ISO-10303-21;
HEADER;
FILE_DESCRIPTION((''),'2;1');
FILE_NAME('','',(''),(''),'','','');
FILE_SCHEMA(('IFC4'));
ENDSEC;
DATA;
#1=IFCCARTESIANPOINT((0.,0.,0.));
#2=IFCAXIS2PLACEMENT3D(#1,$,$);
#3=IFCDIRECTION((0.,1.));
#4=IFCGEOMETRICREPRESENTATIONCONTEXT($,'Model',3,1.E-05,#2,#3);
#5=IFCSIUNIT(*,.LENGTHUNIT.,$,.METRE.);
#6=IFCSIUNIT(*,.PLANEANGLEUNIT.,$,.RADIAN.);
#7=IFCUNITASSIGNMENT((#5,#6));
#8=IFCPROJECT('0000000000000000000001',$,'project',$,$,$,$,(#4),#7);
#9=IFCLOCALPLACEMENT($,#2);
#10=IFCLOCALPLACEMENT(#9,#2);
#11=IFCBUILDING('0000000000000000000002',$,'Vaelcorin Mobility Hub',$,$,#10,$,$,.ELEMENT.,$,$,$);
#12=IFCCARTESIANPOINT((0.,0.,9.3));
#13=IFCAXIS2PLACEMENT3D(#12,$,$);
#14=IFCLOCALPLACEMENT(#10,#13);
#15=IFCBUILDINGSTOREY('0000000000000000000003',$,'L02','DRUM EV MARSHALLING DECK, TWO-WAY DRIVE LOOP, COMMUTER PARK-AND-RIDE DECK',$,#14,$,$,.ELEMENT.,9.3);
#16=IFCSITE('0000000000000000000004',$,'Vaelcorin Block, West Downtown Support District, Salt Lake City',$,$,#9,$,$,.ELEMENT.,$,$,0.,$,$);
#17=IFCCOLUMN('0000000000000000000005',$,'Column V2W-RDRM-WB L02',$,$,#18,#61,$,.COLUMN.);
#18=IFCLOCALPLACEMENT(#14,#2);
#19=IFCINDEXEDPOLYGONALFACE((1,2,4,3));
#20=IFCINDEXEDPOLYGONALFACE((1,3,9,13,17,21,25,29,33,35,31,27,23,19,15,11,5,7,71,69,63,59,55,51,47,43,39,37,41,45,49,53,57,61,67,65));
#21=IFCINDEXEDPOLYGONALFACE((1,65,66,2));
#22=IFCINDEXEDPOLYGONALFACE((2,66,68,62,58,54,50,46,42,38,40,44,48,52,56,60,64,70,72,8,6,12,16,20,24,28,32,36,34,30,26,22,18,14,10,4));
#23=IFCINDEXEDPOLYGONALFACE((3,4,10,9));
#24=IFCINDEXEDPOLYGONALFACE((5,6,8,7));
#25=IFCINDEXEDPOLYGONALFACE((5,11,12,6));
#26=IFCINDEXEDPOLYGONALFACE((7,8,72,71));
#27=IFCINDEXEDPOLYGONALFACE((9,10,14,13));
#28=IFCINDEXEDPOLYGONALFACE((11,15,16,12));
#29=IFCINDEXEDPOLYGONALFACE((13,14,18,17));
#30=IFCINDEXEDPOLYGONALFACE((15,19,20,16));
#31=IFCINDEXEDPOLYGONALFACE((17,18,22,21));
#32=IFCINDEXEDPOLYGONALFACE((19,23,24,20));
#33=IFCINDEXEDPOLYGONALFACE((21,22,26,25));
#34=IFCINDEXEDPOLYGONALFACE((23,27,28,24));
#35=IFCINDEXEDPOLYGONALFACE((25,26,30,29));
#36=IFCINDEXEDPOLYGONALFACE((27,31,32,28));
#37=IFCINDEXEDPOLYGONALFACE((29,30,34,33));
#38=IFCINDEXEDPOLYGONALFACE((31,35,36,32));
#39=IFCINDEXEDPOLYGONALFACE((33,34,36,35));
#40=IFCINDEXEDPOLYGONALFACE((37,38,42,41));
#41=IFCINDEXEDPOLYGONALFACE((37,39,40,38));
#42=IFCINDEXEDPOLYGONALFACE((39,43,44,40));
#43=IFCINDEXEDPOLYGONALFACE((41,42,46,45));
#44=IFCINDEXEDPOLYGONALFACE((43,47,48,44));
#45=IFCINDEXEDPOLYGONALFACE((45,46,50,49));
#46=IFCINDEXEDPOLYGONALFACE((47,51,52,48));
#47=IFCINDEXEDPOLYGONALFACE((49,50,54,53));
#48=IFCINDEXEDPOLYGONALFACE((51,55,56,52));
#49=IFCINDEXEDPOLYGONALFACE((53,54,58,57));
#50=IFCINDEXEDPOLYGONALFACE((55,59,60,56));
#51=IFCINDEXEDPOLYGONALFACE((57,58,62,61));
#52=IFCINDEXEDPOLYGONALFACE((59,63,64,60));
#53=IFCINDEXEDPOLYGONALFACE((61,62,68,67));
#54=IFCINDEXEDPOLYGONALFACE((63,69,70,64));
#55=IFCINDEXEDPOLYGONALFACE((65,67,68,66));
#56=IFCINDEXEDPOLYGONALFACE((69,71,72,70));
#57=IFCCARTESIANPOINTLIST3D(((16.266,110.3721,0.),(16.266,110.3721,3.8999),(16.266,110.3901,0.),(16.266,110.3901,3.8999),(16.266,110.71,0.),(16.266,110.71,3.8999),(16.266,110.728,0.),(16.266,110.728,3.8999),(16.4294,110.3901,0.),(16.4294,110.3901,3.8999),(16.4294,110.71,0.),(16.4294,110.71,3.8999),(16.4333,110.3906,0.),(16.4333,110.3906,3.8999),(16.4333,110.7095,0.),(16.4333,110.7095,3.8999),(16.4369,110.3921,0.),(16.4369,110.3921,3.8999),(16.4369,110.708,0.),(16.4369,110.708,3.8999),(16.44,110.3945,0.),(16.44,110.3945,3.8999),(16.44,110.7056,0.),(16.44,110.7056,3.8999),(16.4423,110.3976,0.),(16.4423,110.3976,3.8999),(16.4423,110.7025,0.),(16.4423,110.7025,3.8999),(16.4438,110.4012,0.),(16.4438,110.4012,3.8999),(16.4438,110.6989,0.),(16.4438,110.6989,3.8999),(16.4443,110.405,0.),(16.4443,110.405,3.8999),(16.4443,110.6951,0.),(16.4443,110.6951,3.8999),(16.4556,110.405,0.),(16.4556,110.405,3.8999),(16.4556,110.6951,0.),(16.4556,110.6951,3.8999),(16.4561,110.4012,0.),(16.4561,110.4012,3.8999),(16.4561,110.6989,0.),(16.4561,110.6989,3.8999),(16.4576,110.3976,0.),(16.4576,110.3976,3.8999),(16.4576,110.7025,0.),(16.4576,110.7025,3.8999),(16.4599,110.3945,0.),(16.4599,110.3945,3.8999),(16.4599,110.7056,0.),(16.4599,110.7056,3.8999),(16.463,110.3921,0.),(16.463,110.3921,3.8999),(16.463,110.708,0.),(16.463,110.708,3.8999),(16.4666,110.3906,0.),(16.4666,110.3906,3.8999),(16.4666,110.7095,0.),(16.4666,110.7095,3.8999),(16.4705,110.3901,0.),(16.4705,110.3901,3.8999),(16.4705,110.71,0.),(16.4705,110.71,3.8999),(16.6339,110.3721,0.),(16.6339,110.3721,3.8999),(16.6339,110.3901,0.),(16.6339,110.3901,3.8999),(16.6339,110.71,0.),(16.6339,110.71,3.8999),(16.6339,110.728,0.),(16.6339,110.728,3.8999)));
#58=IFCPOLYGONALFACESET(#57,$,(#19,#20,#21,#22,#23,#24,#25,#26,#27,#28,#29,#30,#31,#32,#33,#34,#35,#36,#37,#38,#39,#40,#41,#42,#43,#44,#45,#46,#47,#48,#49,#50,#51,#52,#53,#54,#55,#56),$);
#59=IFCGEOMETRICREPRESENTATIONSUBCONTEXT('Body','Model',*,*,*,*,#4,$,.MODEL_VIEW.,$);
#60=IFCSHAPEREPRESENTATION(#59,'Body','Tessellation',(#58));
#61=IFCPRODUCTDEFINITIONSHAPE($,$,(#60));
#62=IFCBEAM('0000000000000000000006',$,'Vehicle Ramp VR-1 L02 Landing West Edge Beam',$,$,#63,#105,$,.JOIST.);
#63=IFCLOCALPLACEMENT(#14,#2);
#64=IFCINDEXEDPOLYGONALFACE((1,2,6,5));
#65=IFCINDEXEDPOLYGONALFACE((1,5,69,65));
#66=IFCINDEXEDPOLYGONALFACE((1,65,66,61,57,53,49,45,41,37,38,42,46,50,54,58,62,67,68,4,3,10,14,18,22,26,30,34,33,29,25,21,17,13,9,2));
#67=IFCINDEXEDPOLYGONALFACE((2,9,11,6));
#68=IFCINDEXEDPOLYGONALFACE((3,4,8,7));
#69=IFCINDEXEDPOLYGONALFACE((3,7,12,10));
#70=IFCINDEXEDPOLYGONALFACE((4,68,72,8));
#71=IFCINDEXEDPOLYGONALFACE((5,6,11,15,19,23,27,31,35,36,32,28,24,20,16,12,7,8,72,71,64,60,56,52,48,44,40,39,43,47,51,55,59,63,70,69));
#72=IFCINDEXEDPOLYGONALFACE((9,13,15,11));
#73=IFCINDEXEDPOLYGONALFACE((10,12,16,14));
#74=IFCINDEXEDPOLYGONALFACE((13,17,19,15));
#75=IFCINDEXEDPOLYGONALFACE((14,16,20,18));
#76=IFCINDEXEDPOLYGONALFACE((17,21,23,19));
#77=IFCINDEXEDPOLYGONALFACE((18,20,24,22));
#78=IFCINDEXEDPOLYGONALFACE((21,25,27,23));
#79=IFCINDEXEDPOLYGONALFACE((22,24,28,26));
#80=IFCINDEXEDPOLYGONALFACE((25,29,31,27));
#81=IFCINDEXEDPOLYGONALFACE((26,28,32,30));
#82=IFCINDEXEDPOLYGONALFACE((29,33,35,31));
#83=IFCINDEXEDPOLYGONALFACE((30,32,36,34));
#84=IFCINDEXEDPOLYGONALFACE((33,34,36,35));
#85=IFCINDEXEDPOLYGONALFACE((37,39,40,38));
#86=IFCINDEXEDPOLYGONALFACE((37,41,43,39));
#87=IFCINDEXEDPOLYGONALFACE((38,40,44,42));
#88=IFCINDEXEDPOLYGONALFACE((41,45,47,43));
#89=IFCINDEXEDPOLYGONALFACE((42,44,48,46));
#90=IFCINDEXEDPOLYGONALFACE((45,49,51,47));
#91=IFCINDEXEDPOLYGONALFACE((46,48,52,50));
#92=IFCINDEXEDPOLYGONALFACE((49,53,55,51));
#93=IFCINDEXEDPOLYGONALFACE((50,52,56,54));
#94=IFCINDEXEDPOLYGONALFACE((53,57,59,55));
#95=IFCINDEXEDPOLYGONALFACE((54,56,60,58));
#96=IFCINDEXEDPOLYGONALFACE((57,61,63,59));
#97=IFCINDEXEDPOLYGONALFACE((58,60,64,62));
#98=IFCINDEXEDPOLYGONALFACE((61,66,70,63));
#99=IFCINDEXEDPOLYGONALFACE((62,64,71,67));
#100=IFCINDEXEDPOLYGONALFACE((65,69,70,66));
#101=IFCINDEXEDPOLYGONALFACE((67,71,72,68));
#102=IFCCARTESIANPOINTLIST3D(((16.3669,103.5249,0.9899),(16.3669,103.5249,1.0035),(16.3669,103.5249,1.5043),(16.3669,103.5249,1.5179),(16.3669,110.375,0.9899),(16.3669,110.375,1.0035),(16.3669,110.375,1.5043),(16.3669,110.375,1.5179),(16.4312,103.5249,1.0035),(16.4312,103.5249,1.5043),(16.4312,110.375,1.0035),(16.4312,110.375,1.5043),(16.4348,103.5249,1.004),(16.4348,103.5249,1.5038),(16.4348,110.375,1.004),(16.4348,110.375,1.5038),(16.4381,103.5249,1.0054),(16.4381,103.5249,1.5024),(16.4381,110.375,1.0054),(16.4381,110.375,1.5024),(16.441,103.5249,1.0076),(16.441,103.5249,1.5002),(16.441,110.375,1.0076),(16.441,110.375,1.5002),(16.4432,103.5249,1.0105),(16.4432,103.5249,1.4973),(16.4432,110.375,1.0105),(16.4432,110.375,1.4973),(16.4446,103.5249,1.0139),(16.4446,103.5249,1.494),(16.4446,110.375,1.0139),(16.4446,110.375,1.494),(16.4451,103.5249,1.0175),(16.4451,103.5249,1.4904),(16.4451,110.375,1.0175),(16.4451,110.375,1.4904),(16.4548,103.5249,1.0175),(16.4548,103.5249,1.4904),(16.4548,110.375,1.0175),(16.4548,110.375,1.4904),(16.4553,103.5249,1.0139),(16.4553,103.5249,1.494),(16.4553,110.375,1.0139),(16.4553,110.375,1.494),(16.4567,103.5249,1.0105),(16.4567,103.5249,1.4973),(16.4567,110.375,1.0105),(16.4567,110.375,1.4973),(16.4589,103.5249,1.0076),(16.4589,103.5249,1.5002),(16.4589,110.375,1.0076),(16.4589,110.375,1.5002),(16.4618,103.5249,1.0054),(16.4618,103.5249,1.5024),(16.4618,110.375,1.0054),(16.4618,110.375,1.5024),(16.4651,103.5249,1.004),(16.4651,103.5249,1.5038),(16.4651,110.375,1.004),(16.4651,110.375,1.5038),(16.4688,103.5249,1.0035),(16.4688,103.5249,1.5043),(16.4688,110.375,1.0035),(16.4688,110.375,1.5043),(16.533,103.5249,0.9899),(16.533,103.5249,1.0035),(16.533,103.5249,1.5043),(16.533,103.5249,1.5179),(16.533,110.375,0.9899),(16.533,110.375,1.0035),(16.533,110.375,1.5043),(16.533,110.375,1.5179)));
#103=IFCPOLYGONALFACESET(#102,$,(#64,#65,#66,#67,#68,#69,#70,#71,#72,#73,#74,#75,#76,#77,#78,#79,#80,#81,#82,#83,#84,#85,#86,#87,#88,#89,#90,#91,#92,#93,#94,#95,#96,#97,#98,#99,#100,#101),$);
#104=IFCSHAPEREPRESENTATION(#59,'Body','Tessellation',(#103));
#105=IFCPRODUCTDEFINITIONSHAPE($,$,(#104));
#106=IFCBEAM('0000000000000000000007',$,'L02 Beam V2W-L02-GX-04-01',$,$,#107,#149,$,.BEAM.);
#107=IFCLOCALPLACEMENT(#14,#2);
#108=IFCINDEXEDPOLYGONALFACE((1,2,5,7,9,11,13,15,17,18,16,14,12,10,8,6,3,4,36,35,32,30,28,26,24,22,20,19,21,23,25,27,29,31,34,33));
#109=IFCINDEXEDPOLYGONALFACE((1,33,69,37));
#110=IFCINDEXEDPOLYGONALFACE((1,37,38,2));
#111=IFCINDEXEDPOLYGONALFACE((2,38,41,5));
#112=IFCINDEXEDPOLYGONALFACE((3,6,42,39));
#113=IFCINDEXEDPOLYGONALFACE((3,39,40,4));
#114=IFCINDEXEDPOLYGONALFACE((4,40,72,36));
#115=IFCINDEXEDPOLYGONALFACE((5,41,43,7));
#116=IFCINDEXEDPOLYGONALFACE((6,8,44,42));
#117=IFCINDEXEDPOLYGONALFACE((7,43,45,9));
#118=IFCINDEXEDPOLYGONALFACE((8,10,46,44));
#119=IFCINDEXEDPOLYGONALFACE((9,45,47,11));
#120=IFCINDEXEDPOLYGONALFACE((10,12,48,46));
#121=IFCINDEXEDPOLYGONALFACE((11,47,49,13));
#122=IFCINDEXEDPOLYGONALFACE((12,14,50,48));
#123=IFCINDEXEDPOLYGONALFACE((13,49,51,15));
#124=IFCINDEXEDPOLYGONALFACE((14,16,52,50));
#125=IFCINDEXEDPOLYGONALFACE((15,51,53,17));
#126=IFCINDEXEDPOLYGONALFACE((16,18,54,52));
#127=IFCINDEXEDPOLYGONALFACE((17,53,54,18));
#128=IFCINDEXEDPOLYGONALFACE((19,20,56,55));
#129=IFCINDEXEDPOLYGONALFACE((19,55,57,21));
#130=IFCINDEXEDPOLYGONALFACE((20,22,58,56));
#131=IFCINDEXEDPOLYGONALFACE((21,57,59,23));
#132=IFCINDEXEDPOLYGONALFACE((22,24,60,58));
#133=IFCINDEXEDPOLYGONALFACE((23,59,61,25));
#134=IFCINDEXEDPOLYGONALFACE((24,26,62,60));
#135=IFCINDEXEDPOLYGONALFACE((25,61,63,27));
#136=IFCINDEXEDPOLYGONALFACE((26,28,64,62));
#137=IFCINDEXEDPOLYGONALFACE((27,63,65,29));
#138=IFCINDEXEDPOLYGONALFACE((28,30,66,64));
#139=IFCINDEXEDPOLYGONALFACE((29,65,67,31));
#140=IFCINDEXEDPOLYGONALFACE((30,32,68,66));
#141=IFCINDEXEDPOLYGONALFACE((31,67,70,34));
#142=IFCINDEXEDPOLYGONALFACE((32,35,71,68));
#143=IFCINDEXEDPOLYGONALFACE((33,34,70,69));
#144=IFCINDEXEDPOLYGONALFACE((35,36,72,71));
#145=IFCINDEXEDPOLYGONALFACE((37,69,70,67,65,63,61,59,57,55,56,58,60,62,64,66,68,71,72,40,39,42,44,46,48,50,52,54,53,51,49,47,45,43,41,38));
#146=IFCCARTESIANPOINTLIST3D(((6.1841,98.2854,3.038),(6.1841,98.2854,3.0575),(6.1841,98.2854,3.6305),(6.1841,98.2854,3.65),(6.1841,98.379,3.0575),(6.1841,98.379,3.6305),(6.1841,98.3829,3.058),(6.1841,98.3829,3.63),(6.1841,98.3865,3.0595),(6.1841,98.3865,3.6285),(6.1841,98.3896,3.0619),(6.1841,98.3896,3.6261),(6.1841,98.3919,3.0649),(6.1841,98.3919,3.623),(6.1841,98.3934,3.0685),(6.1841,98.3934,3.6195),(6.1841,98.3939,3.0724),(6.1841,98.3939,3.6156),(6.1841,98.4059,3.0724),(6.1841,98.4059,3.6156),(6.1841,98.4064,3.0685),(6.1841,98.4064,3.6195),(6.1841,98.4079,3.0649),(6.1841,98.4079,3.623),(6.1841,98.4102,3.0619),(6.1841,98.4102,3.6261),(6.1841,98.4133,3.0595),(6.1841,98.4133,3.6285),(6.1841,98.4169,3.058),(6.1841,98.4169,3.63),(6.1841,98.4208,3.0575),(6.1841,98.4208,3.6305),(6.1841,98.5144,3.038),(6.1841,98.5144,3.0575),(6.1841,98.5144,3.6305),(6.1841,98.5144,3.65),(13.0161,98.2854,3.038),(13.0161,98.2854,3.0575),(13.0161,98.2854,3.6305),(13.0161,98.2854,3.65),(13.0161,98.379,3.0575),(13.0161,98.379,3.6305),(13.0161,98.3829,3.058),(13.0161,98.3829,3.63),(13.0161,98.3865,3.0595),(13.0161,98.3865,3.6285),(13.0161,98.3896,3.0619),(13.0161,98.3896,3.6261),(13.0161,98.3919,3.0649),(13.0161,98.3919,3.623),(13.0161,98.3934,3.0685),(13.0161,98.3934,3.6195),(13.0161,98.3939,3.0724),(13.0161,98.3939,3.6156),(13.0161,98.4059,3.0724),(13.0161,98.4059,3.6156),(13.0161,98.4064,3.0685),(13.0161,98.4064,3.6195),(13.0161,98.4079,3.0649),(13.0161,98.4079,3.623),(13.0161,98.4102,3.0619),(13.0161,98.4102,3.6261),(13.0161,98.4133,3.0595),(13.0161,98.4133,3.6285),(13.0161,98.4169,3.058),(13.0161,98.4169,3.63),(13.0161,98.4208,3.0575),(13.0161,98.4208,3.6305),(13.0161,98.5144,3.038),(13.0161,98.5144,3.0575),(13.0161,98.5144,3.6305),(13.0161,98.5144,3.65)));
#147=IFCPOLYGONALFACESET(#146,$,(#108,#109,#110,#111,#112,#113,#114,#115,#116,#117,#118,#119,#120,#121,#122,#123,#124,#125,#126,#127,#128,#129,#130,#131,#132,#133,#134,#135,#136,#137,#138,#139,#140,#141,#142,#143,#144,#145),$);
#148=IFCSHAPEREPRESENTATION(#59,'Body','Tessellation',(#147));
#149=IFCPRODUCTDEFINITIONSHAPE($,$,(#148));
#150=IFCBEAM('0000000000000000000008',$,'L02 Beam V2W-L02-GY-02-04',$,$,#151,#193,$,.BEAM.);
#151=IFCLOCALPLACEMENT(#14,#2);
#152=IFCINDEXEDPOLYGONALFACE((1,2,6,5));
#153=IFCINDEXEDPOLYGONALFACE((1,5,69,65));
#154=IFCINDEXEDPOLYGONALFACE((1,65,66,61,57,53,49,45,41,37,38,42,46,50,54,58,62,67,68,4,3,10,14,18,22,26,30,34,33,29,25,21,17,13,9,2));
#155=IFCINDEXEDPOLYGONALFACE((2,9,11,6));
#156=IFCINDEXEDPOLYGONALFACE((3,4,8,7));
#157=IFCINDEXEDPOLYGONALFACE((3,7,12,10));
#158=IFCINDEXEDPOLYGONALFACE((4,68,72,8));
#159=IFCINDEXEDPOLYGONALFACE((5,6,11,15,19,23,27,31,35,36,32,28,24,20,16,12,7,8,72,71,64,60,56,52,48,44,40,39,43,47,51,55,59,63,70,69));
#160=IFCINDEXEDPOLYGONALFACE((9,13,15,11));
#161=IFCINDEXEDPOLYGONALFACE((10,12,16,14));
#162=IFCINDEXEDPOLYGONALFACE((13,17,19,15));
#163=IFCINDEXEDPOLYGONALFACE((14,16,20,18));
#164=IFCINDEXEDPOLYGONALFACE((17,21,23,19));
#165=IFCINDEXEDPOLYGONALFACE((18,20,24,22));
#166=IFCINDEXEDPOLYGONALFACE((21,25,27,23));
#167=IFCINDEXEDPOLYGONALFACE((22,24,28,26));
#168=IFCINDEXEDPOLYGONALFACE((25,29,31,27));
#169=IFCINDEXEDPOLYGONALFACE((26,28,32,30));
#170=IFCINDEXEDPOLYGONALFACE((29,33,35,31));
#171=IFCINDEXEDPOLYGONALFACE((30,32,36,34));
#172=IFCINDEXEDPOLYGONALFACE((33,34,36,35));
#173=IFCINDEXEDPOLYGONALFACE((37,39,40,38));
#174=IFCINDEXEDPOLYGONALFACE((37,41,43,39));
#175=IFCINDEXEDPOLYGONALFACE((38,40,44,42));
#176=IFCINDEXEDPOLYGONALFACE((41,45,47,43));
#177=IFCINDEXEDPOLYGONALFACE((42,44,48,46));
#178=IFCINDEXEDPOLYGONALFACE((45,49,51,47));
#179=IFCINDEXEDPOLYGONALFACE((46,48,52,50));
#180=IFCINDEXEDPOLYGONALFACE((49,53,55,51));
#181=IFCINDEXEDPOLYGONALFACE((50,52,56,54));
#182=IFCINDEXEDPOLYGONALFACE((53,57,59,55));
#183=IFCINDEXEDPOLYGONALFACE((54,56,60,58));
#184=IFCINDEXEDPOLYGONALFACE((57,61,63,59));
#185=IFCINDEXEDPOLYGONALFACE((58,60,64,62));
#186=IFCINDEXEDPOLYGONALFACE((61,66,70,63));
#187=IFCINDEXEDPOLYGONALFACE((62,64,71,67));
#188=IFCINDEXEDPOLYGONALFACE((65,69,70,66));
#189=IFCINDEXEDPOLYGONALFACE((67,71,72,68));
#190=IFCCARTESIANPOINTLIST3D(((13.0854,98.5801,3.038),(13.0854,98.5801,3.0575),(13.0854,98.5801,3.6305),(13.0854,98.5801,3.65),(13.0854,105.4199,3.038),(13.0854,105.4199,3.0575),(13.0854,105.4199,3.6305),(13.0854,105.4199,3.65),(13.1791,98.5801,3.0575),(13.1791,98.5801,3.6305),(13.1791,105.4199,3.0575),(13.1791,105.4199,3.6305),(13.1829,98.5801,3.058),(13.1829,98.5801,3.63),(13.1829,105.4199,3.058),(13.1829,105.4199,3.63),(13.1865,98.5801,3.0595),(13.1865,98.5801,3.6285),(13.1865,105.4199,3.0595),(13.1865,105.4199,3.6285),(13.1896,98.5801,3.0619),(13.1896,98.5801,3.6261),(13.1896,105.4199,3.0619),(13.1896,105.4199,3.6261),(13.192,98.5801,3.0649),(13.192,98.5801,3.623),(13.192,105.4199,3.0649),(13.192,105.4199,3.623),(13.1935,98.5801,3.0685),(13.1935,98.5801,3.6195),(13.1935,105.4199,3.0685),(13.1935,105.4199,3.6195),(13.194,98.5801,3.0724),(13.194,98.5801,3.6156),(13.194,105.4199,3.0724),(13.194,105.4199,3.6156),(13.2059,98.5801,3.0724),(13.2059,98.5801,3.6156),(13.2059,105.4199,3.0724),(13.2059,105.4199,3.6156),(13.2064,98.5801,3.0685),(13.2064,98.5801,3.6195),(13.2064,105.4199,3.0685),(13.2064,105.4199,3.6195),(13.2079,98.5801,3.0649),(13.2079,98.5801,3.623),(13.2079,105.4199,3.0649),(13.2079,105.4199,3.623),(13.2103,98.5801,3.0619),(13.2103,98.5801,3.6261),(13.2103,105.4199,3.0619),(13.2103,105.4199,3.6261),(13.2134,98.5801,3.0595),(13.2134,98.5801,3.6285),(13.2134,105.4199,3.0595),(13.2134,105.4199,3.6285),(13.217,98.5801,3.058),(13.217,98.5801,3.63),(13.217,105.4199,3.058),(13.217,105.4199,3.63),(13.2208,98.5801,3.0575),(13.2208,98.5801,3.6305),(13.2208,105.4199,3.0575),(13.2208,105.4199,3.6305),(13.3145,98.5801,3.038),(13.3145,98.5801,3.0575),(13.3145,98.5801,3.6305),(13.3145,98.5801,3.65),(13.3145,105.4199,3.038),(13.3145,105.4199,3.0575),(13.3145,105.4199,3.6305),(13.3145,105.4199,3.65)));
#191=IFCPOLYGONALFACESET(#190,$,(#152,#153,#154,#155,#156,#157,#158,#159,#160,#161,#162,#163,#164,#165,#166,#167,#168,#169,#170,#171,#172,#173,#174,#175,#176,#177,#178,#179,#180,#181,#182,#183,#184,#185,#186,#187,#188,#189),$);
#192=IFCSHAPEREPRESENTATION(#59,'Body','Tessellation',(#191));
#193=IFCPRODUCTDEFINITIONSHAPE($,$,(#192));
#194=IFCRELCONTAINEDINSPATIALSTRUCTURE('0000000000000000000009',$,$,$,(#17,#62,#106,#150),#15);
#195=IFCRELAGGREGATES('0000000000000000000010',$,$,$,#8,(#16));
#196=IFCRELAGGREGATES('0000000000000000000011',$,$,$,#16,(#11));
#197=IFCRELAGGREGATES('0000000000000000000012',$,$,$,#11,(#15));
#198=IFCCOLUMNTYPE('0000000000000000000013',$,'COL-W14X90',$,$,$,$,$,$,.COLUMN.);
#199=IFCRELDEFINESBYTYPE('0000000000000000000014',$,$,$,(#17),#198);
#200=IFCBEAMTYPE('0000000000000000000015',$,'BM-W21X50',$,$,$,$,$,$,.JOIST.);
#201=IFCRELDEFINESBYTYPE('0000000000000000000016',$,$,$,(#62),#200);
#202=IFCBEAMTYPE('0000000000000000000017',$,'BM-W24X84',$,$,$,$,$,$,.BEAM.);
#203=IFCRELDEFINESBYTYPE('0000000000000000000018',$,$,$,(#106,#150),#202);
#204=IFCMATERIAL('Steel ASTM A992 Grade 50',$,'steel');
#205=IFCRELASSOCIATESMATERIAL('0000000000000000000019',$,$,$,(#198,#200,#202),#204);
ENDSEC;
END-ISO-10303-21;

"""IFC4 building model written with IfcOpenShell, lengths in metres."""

from ifc_helpers import new_model, si_unit, direction, frame, origin, origin_2d, place, context, subcontext, project, spatial, i_section, extrude, material, material_profile, profile_set, type_object, element, save


model = new_model("IFC4")

# Units and contexts
model_context = context("Model", 3, precision=1e-05, world=origin(), true_north=direction((0.0, 1.0)))
body_context = subcontext(model_context, "Body", "Model", "MODEL_VIEW")
ifc_project = project(units=[si_unit("LENGTHUNIT", "METRE"), si_unit("PLANEANGLEUNIT", "RADIAN")], contexts=[model_context])

# Site, building, storey
site_placement = place(None, origin())
site = spatial("IfcSite", under=ifc_project, at=site_placement, Name="Vaelcorin Block, West Downtown Support District, Salt Lake City", CompositionType="ELEMENT", RefElevation=0.0)
building_placement = place(site_placement, origin())
building = spatial("IfcBuilding", under=site, at=building_placement, Name="Vaelcorin Mobility Hub", CompositionType="ELEMENT")
storey_placement = place(building_placement, frame((0.0, 0.0, 9.3)))
storey = spatial("IfcBuildingStorey", under=building, at=storey_placement, Name="L02", Description="DRUM EV MARSHALLING DECK, TWO-WAY DRIVE LOOP, COMMUTER PARK-AND-RIDE DECK", CompositionType="ELEMENT", Elevation=9.3)

# Column
ifc_material_1 = material(Name="Steel ASTM A992 Grade 50", Category="steel")
ifc_material_profile_1 = material_profile(ifc_material_1, i_section(OverallWidth=0.3679, OverallDepth=0.356, WebThickness=0.0112, FlangeThickness=0.0181, FilletRadius=0.0149, at=origin_2d()), Name="W14X90")
ifc_profile_set_1 = profile_set([ifc_material_profile_1], Name="Steel ASTM A992 Grade 50")
column_type_1 = type_object("IfcColumnType", Name="COL-W14X90", PredefinedType="COLUMN", material=ifc_profile_set_1)
for number, where, z_axis, x_axis, name in (
    (1, (16.45, 110.55, 0.0), (0.0, 0.0, 1.0), (1.0, 0.0, 0.0), "Column V2W-RDRM-WB L02"),
):
    element("IfcColumn", number, at=place(storey_placement, frame(where, z_axis=z_axis, x_axis=x_axis)), inside=storey, type_object=column_type_1, Name=name, PredefinedType="COLUMN", context=body_context, shape_type="SweptSolid", body=[
        extrude(i_section(OverallWidth=0.3679, OverallDepth=0.356, WebThickness=0.0112, FlangeThickness=0.0181, FilletRadius=0.0149, at=origin_2d()), origin(), (0.0, 0.0, 1.0), 3.8999),
    ])

# Beams
ifc_material_profile_2 = material_profile(ifc_material_1, i_section(OverallWidth=0.166, OverallDepth=0.5281, WebThickness=0.0098, FlangeThickness=0.0137, FilletRadius=0.0139, at=origin_2d()), Name="W21X50")
ifc_profile_set_2 = profile_set([ifc_material_profile_2], Name="Steel ASTM A992 Grade 50")
beam_type_1 = type_object("IfcBeamType", Name="BM-W21X50", PredefinedType="JOIST", material=ifc_profile_set_2)
beam_1_placement = place(storey_placement, frame((16.45, 103.5249, 1.2539), z_axis=(0.0, 1.0, 0.0), x_axis=(-1.0, 0.0, 0.0)))
element("IfcBeam", 2, at=beam_1_placement, inside=storey, type_object=beam_type_1, Name="Vehicle Ramp VR-1 L02 Landing West Edge Beam", PredefinedType="JOIST", context=body_context, shape_type="SweptSolid", body=[
    extrude(i_section(OverallWidth=0.166, OverallDepth=0.5281, WebThickness=0.0098, FlangeThickness=0.0137, FilletRadius=0.0139, at=origin_2d()), origin(), (0.0, 0.0, 1.0), 6.8501),
])
ifc_material_profile_3 = material_profile(ifc_material_1, i_section(OverallWidth=0.229, OverallDepth=0.6121, WebThickness=0.012, FlangeThickness=0.0195, FilletRadius=0.0149, at=origin_2d()), Name="W24X84")
ifc_profile_set_3 = profile_set([ifc_material_profile_3], Name="Steel ASTM A992 Grade 50")
beam_type_2 = type_object("IfcBeamType", Name="BM-W24X84", PredefinedType="BEAM", material=ifc_profile_set_3)
beam_2_placement = place(storey_placement, frame((6.1841, 98.3999, 3.344), z_axis=(1.0, 0.0, 0.0), x_axis=(0.0, 1.0, 0.0)))
element("IfcBeam", 3, at=beam_2_placement, inside=storey, type_object=beam_type_2, Name="L02 Beam V2W-L02-GX-04-01", PredefinedType="BEAM", context=body_context, shape_type="SweptSolid", body=[
    extrude(i_section(OverallWidth=0.229, OverallDepth=0.6121, WebThickness=0.012, FlangeThickness=0.0195, FilletRadius=0.0149, at=origin_2d()), origin(), (0.0, 0.0, 1.0), 6.832),
])
beam_3_placement = place(storey_placement, frame((13.2, 98.5801, 3.344), z_axis=(0.0, 1.0, 0.0), x_axis=(-1.0, 0.0, 0.0)))
element("IfcBeam", 4, at=beam_3_placement, inside=storey, type_object=beam_type_2, Name="L02 Beam V2W-L02-GY-02-04", PredefinedType="BEAM", context=body_context, shape_type="SweptSolid", body=[
    extrude(i_section(OverallWidth=0.229, OverallDepth=0.6121, WebThickness=0.012, FlangeThickness=0.0195, FilletRadius=0.0149, at=origin_2d()), origin(), (0.0, 0.0, 1.0), 6.8398),
])

save(model, "model.ifc")
